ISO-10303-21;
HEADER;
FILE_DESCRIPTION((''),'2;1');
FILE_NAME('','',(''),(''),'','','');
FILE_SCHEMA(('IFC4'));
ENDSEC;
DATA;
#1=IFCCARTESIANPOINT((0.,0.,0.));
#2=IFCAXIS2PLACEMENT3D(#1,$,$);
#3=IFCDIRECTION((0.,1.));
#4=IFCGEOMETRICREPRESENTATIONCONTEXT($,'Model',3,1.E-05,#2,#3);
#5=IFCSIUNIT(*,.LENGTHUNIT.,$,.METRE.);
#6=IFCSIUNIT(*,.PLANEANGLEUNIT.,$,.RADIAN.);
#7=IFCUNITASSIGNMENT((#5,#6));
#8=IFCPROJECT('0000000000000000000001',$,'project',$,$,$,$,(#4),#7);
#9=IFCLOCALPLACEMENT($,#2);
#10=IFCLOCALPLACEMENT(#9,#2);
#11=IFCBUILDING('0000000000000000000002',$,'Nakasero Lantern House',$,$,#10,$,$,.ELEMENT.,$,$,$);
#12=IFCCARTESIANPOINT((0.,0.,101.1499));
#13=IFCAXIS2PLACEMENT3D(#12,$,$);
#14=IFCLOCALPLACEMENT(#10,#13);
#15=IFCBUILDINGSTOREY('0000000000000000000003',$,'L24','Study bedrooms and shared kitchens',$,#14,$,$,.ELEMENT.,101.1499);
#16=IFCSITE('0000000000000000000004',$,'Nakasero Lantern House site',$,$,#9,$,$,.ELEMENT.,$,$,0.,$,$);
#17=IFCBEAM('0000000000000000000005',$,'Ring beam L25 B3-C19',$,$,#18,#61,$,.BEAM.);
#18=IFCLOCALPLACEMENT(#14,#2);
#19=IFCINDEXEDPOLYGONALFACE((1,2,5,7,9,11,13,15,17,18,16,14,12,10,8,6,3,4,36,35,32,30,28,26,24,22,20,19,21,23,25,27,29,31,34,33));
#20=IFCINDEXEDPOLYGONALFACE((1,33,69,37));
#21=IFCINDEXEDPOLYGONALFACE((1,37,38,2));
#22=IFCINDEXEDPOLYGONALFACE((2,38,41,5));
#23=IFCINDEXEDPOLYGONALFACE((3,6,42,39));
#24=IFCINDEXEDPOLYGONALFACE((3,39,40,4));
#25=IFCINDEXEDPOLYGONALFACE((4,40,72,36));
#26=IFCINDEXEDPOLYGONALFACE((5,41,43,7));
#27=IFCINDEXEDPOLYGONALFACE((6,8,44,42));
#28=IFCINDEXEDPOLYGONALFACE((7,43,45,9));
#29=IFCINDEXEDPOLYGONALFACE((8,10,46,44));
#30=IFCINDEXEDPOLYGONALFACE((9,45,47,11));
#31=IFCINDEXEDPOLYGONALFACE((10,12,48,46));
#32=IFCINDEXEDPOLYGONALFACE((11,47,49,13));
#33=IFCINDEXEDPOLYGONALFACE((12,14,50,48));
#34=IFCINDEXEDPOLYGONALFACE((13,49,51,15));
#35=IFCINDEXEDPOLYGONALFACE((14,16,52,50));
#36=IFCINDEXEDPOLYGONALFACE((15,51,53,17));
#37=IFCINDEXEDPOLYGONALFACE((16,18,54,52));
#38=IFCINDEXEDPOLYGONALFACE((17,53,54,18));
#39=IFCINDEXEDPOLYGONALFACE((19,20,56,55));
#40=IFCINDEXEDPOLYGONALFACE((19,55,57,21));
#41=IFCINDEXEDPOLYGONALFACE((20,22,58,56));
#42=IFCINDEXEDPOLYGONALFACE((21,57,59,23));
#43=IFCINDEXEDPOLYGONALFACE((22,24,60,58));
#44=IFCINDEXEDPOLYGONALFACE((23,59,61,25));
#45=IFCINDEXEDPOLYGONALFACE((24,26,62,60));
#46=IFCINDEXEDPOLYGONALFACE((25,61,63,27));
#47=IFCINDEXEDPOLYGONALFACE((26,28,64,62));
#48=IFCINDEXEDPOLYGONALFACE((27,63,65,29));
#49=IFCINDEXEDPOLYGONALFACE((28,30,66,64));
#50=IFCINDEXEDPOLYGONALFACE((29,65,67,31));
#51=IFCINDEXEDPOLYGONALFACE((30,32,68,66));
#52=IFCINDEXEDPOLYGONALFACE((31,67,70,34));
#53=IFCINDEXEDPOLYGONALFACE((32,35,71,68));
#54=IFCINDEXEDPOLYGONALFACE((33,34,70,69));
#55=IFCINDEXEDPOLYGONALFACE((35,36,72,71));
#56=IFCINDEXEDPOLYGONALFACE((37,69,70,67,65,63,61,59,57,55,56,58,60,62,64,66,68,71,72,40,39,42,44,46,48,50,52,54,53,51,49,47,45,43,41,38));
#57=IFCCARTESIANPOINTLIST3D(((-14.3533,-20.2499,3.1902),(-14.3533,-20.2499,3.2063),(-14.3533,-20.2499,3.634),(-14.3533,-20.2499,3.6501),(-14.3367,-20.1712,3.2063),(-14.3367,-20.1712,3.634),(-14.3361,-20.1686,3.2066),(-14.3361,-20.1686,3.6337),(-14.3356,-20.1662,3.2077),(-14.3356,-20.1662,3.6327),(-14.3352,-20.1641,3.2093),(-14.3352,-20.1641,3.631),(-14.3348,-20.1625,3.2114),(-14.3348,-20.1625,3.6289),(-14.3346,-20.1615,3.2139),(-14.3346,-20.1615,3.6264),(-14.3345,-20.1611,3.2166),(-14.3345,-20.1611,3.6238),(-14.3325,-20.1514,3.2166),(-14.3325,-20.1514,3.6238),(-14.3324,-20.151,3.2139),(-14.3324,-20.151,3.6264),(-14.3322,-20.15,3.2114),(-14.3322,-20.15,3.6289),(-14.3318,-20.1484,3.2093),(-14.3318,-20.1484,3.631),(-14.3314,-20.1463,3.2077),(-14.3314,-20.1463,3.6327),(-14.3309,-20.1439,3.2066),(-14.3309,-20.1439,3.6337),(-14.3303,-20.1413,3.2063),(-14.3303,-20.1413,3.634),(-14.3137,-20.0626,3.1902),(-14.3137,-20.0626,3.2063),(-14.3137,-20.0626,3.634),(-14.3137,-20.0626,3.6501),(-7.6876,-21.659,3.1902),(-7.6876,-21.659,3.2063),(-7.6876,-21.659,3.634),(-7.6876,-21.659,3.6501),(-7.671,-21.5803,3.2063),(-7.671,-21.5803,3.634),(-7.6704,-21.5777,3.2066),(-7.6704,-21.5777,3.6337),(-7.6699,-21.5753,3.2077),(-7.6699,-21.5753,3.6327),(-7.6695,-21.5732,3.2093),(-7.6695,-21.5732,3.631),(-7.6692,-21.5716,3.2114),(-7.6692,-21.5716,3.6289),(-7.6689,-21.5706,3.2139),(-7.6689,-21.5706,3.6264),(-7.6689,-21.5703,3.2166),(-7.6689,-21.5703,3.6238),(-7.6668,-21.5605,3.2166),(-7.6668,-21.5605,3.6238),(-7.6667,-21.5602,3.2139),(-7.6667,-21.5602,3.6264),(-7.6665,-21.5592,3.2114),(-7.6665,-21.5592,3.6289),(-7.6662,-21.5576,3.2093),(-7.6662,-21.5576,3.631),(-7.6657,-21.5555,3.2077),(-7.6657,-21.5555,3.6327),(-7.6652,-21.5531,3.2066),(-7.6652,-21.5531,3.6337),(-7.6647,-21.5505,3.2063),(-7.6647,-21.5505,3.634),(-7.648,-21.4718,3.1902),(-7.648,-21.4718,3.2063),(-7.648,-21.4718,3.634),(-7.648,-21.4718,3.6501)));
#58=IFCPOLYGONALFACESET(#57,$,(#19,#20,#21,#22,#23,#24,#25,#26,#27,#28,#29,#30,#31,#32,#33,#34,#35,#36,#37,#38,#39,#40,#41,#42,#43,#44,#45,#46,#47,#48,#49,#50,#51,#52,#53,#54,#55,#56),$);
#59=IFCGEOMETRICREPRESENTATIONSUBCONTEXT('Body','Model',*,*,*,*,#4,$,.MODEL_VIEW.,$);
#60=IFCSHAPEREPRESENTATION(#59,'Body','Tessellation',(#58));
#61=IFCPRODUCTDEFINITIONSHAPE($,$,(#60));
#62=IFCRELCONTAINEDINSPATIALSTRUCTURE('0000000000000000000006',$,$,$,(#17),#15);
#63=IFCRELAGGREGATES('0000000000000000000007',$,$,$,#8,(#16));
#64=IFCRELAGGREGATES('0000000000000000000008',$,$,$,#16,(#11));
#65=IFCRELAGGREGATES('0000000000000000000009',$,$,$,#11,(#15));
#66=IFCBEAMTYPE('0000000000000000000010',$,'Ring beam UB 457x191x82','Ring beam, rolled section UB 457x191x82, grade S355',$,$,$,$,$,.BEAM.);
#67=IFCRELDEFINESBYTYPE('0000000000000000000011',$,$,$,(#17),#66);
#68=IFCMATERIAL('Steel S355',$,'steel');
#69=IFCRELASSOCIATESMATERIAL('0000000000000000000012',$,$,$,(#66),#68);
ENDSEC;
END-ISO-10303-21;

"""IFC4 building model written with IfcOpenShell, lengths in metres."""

from ifc_helpers import new_model, si_unit, direction, frame, origin, origin_2d, place, context, subcontext, project, spatial, i_section, extrude, material, material_profile, profile_set, type_object, element, save


model = new_model("IFC4")

# Units and contexts
model_context = context("Model", 3, precision=1e-05, world=origin(), true_north=direction((0.0, 1.0)))
body_context = subcontext(model_context, "Body", "Model", "MODEL_VIEW")
ifc_project = project(units=[si_unit("LENGTHUNIT", "METRE"), si_unit("PLANEANGLEUNIT", "RADIAN")], contexts=[model_context])

# Site, building, storey
site_placement = place(None, origin())
site = spatial("IfcSite", under=ifc_project, at=site_placement, Name="Nakasero Lantern House site", CompositionType="ELEMENT", RefElevation=0.0)
building_placement = place(site_placement, origin())
building = spatial("IfcBuilding", under=site, at=building_placement, Name="Nakasero Lantern House", CompositionType="ELEMENT")
storey_placement = place(building_placement, frame((0.0, 0.0, 101.1499)))
storey = spatial("IfcBuildingStorey", under=building, at=storey_placement, Name="L24", Description="Study bedrooms and shared kitchens", CompositionType="ELEMENT", Elevation=101.1499)

# Beam
ifc_material_1 = material(Name="Steel S355", Category="steel")
ifc_material_profile_1 = material_profile(ifc_material_1, i_section(OverallWidth=0.1914, OverallDepth=0.46, WebThickness=0.01, FlangeThickness=0.0161, FilletRadius=0.0103, at=origin_2d()), Name="UB 457x191x82")
ifc_profile_set_1 = profile_set([ifc_material_profile_1], Name="Steel S355")
beam_type_1 = type_object("IfcBeamType", Name="Ring beam UB 457x191x82", Description="Ring beam, rolled section UB 457x191x82, grade S355", PredefinedType="BEAM", material=ifc_profile_set_1)
beam_1_placement = place(storey_placement, frame((-14.3335, -20.1562, 3.4202), z_axis=(0.978376, -0.206834, 0.0), x_axis=(0.206834, 0.978376, 0.0)))
element("IfcBeam", 1, at=beam_1_placement, inside=storey, type_object=beam_type_1, Name="Ring beam L25 B3-C19", PredefinedType="BEAM", context=body_context, shape_type="SweptSolid", body=[
    extrude(i_section(OverallWidth=0.1914, OverallDepth=0.46, WebThickness=0.01, FlangeThickness=0.0161, FilletRadius=0.0103, at=origin_2d()), origin(), (0.0, 0.0, 1.0), 6.813),
])

save(model, "model.ifc")
